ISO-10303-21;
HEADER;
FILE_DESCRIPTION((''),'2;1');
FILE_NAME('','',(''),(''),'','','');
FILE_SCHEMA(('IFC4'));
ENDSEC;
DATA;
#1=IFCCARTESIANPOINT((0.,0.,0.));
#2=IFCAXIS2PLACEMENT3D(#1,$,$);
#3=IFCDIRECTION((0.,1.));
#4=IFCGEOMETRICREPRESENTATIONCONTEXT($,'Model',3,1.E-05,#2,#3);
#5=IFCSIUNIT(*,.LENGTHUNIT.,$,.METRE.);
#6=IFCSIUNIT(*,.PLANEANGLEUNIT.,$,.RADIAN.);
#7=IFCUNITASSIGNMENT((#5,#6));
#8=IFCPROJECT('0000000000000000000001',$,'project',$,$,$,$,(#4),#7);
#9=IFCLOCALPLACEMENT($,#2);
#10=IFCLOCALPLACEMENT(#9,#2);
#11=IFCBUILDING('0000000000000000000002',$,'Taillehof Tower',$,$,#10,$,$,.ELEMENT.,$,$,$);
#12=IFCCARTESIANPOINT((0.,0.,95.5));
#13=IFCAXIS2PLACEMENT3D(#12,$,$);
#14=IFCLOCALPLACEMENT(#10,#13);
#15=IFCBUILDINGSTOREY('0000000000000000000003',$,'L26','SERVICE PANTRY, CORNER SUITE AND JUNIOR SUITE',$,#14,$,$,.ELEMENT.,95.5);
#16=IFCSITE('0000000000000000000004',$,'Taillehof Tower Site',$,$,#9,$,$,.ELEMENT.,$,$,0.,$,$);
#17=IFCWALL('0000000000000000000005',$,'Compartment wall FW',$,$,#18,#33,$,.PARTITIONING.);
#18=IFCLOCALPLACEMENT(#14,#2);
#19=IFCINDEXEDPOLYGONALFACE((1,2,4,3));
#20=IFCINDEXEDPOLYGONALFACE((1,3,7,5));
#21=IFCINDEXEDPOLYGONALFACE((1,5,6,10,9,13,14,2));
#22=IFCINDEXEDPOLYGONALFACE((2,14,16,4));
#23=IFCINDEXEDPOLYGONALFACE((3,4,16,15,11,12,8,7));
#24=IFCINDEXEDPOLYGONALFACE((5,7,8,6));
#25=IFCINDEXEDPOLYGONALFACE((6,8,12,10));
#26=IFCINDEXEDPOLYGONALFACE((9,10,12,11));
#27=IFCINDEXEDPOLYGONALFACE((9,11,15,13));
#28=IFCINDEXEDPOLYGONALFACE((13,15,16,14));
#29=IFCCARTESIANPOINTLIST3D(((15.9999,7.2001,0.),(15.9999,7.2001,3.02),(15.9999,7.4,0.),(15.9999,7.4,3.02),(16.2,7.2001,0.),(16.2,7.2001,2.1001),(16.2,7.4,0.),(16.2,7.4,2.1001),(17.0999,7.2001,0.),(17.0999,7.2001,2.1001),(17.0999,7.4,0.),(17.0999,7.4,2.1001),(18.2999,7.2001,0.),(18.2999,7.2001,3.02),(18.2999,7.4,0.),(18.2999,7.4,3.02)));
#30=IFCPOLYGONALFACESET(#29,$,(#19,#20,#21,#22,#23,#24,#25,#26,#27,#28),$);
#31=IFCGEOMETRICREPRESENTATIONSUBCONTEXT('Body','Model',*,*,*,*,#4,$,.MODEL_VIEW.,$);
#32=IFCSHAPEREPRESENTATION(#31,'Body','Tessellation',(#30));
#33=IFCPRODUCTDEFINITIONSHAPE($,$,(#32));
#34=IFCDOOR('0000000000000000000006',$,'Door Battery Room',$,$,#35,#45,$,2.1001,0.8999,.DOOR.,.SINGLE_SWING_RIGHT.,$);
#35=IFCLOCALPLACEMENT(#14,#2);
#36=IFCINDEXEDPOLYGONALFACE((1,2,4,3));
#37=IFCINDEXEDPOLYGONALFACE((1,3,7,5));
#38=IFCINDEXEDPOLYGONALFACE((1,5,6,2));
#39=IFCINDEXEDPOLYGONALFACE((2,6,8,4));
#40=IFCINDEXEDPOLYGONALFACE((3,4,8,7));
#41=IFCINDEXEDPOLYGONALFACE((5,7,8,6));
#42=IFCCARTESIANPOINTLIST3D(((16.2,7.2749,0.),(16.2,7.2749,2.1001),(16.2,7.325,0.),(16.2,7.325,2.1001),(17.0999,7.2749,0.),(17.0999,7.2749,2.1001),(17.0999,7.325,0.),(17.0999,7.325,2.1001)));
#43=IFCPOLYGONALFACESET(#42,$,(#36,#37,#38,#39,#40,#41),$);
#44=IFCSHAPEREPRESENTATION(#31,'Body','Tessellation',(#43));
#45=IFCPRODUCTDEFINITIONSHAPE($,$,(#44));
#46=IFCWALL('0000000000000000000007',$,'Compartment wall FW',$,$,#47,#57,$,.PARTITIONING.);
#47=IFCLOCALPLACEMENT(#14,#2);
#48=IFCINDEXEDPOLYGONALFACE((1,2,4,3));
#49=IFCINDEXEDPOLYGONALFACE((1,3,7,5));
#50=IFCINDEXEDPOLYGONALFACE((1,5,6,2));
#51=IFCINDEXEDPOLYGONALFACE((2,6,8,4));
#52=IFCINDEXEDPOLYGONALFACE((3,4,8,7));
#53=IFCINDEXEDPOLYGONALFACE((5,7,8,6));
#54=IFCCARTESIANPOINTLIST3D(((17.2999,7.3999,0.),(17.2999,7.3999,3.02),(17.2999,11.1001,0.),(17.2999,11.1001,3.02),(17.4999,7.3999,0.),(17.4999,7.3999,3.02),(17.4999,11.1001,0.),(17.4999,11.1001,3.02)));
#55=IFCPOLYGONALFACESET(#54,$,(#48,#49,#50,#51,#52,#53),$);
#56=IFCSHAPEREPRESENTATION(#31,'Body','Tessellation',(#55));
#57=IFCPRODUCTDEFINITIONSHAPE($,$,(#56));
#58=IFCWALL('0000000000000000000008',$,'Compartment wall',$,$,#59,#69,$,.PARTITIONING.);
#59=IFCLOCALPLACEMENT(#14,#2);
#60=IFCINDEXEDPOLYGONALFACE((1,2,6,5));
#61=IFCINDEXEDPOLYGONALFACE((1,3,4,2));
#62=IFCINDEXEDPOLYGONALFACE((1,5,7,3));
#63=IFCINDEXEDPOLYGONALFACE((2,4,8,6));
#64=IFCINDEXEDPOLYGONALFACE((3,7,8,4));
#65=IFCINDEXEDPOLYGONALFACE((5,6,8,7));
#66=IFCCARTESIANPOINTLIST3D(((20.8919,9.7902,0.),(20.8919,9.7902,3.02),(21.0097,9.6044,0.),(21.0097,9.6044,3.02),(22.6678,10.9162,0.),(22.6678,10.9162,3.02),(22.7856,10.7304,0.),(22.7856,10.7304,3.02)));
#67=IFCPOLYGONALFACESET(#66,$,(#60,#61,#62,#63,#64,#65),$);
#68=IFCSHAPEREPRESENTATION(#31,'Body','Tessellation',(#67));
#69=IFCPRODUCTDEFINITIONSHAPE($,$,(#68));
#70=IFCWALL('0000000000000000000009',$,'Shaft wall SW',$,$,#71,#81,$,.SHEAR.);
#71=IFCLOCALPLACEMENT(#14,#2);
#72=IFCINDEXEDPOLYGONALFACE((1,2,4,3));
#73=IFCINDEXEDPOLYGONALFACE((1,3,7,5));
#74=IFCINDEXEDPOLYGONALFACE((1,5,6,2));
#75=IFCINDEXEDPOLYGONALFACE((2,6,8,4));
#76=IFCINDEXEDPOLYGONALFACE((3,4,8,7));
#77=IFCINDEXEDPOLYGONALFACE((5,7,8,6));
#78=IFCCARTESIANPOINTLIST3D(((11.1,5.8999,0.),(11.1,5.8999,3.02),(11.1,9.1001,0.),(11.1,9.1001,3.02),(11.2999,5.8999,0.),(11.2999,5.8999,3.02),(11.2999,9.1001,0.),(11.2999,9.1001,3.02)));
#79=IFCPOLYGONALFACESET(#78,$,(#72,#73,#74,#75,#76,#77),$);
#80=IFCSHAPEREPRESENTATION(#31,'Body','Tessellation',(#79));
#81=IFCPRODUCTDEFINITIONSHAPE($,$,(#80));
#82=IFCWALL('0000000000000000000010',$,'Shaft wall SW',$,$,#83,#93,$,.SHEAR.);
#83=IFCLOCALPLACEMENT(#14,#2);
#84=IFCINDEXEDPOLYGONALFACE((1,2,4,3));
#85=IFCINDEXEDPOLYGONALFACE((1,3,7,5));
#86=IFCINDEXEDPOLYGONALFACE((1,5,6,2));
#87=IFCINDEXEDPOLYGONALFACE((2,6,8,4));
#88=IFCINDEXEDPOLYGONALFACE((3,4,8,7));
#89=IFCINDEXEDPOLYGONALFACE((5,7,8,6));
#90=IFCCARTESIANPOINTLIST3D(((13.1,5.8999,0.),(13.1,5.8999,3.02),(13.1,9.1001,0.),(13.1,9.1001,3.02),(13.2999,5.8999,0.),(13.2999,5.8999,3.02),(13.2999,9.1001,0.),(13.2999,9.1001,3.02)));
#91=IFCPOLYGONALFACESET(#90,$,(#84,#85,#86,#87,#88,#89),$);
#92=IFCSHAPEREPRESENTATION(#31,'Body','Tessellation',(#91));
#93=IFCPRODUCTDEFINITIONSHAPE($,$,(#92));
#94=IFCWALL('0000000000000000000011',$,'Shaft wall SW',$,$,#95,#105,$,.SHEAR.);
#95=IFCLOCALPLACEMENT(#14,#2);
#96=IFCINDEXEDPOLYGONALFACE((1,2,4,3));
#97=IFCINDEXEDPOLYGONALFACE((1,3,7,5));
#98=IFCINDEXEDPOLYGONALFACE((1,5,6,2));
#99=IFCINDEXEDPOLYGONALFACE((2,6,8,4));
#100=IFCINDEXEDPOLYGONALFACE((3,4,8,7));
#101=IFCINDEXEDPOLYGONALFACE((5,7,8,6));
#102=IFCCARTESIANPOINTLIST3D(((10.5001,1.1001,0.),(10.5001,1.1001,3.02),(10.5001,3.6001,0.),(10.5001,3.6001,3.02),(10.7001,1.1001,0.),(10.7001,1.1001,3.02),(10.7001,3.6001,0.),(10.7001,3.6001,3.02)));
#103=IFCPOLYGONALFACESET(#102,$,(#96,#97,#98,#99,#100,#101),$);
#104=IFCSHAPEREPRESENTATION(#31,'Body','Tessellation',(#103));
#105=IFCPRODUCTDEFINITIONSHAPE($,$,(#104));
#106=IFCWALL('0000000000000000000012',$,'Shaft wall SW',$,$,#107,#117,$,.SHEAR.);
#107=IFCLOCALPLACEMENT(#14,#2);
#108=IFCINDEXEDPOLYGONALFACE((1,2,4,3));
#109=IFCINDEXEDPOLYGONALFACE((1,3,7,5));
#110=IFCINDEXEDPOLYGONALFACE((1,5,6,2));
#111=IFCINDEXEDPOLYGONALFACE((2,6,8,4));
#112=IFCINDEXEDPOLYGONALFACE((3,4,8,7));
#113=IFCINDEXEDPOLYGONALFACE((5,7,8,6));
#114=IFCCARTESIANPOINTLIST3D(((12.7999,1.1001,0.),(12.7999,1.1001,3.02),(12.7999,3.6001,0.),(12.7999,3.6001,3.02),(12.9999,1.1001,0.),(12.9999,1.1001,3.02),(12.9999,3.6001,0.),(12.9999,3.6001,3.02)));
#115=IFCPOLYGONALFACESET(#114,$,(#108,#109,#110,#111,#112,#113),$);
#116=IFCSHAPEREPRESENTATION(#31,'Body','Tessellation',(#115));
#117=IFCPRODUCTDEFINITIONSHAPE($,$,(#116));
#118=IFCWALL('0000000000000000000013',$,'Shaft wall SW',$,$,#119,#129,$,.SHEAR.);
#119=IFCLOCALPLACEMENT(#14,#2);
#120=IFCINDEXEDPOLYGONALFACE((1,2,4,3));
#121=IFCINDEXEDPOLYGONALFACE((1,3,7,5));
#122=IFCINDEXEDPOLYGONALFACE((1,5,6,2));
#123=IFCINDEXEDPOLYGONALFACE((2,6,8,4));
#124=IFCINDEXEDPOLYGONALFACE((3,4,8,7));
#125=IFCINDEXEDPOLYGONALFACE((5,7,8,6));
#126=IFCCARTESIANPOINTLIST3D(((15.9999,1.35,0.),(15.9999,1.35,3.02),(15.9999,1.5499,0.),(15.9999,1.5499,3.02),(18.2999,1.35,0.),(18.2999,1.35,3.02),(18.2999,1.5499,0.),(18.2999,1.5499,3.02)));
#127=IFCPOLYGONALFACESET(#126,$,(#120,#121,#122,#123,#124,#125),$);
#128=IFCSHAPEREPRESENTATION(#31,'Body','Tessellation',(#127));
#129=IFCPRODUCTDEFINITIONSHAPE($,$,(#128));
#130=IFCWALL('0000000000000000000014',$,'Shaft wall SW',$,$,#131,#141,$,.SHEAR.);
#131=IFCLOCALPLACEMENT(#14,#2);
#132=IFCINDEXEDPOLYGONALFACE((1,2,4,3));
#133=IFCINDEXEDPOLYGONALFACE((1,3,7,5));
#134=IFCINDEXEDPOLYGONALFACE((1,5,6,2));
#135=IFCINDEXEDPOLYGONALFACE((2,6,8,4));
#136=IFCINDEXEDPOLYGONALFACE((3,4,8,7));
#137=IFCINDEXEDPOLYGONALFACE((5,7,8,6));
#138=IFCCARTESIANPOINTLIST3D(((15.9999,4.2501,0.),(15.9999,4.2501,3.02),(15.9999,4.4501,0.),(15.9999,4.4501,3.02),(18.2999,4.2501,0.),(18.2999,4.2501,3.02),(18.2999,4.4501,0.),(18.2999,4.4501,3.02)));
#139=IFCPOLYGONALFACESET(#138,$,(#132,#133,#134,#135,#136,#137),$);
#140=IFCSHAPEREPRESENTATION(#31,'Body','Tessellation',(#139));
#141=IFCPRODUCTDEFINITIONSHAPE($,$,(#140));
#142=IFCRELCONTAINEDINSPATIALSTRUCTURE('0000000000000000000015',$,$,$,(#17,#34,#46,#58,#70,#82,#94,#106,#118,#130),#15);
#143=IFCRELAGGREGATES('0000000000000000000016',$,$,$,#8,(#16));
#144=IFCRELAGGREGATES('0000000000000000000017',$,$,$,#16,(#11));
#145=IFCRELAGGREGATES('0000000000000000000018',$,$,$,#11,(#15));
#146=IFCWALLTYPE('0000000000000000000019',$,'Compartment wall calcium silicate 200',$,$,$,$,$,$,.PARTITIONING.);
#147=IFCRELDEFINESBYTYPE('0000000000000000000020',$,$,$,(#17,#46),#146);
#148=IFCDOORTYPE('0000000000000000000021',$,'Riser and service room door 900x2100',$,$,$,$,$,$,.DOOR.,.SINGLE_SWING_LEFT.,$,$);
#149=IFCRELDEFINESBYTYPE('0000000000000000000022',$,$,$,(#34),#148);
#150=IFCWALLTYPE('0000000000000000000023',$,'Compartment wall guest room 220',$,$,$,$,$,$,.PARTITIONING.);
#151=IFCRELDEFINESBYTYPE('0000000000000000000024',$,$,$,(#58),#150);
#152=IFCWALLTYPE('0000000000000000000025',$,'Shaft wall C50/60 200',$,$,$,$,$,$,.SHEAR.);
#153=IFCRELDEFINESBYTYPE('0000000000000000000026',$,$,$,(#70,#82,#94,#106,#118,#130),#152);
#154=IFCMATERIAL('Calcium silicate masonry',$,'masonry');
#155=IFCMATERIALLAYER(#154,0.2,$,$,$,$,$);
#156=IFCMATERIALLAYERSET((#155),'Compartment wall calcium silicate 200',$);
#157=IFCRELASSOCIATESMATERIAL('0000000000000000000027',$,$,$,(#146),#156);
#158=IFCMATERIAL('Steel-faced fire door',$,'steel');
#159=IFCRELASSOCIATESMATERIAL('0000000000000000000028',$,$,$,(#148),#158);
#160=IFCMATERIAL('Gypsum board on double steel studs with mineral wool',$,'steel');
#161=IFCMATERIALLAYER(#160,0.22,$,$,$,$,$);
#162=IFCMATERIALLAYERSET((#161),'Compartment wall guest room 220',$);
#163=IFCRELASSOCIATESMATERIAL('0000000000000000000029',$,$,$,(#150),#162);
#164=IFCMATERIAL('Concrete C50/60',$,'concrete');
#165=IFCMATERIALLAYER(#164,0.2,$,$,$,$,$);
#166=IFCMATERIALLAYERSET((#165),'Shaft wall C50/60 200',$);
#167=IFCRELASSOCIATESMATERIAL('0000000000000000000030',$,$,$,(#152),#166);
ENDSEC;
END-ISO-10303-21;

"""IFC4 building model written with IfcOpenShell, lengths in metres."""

from ifc_helpers import new_model, si_unit, direction, frame, frame_2d, origin, place, context, subcontext, project, spatial, rectangle, extrude, material, layer, layer_set, type_object, element, fill, save


model = new_model("IFC4")

# Units and contexts
model_context = context("Model", 3, precision=1e-05, world=origin(), true_north=direction((0.0, 1.0)))
body_context = subcontext(model_context, "Body", "Model", "MODEL_VIEW")
ifc_project = project(units=[si_unit("LENGTHUNIT", "METRE"), si_unit("PLANEANGLEUNIT", "RADIAN")], contexts=[model_context])

# Site, building, storey
site_placement = place(None, origin())
site = spatial("IfcSite", under=ifc_project, at=site_placement, Name="Taillehof Tower Site", CompositionType="ELEMENT", RefElevation=0.0)
building_placement = place(site_placement, origin())
building = spatial("IfcBuilding", under=site, at=building_placement, Name="Taillehof Tower", CompositionType="ELEMENT")
storey_placement = place(building_placement, frame((0.0, 0.0, 95.5)))
storey = spatial("IfcBuildingStorey", under=building, at=storey_placement, Name="L26", Description="SERVICE PANTRY, CORNER SUITE AND JUNIOR SUITE", CompositionType="ELEMENT", Elevation=95.5)

# Wall, opening, door
ifc_material_1 = material(Name="Calcium silicate masonry", Category="masonry")
ifc_layer_1 = layer(ifc_material_1, 0.2)
ifc_layer_set_1 = layer_set([ifc_layer_1], Name="Compartment wall calcium silicate 200")
wall_type_1 = type_object("IfcWallType", Name="Compartment wall calcium silicate 200", PredefinedType="PARTITIONING", material=ifc_layer_set_1)
wall_1_placement = place(storey_placement, frame((16.0, 7.3, 0.0), z_axis=(0.0, 0.0, 1.0), x_axis=(1.0, 0.0, 0.0)))
wall_1 = element("IfcWall", 1, at=wall_1_placement, inside=storey, type_object=wall_type_1, Name="Compartment wall FW", PredefinedType="PARTITIONING", context=body_context, shape_type="SweptSolid", body=[
    extrude(rectangle(XDim=2.3, YDim=0.2, at=frame_2d((1.1499, 0.0))), origin(), (0.0, 0.0, 1.0), 3.02),
])
opening_1_placement = place(wall_1_placement, frame((0.2, 0.0, 0.0)))
opening_1 = element("IfcOpeningElement", 2, at=opening_1_placement, cuts=wall_1, PredefinedType="OPENING", context=body_context, shape_type="SweptSolid", body=[
    extrude(rectangle(XDim=0.8999, YDim=2.1001, at=frame_2d((0.45, 1.05))), frame((0.0, 0.1099, 0.0), z_axis=(0.0, -1.0, 0.0), x_axis=(1.0, 0.0, 0.0)), (0.0, 0.0, 1.0), 0.22),
])
ifc_material_2 = material(Name="Steel-faced fire door", Category="steel")
door_type = type_object("IfcDoorType", Name="Riser and service room door 900x2100", OperationType="SINGLE_SWING_LEFT", PredefinedType="DOOR", material=ifc_material_2)
door_placement = place(opening_1_placement, origin())
door = element("IfcDoor", 3, at=door_placement, inside=storey, type_object=door_type, Name="Door Battery Room", OperationType="SINGLE_SWING_RIGHT", OverallHeight=2.1001, OverallWidth=0.8999, PredefinedType="DOOR", context=body_context, shape_type="SweptSolid", body=[
    extrude(rectangle(XDim=0.8999, YDim=2.1001, at=frame_2d((0.45, 1.05))), frame((0.0, 0.0249, 0.0), z_axis=(0.0, -1.0, 0.0), x_axis=(1.0, 0.0, 0.0)), (0.0, 0.0, 1.0), 0.05),
])
fill(opening_1, door)

# Walls
wall_2_placement = place(storey_placement, frame((17.3999, 7.3999, 0.0), z_axis=(0.0, 0.0, 1.0), x_axis=(0.0, 1.0, 0.0)))
element("IfcWall", 4, at=wall_2_placement, inside=storey, type_object=wall_type_1, Name="Compartment wall FW", PredefinedType="PARTITIONING", context=body_context, shape_type="SweptSolid", body=[
    extrude(rectangle(XDim=3.7002, YDim=0.2, at=frame_2d((1.8501, 0.0))), origin(), (0.0, 0.0, 1.0), 3.02),
])
ifc_material_3 = material(Name="Gypsum board on double steel studs with mineral wool", Category="steel")
ifc_layer_2 = layer(ifc_material_3, 0.22)
ifc_layer_set_2 = layer_set([ifc_layer_2], Name="Compartment wall guest room 220")
wall_type_2 = type_object("IfcWallType", Name="Compartment wall guest room 220", PredefinedType="PARTITIONING", material=ifc_layer_set_2)
wall_3_placement = place(storey_placement, frame((22.7266, 10.8232, 0.0), z_axis=(0.0, 0.0, 1.0), x_axis=(-0.84455, -0.535477, 0.0)))
element("IfcWall", 5, at=wall_3_placement, inside=storey, type_object=wall_type_2, Name="Compartment wall", PredefinedType="PARTITIONING", context=body_context, shape_type="SweptSolid", body=[
    extrude(rectangle(XDim=2.1028, YDim=0.22, at=frame_2d((1.0513, 0.0))), origin(), (0.0, 0.0, 1.0), 3.02),
])
ifc_material_4 = material(Name="Concrete C50/60", Category="concrete")
ifc_layer_3 = layer(ifc_material_4, 0.2)
ifc_layer_set_3 = layer_set([ifc_layer_3], Name="Shaft wall C50/60 200")
wall_type_3 = type_object("IfcWallType", Name="Shaft wall C50/60 200", PredefinedType="SHEAR", material=ifc_layer_set_3)
for number, where, z_axis, x_axis, name in (
    (6, (11.2, 5.8999, 0.0), (0.0, 0.0, 1.0), (0.0, 1.0, 0.0), "Shaft wall SW"),
    (7, (13.2, 5.8999, 0.0), (0.0, 0.0, 1.0), (0.0, 1.0, 0.0), "Shaft wall SW"),
):
    element("IfcWall", number, at=place(storey_placement, frame(where, z_axis=z_axis, x_axis=x_axis)), inside=storey, type_object=wall_type_3, Name=name, PredefinedType="SHEAR", context=body_context, shape_type="SweptSolid", body=[
        extrude(rectangle(XDim=3.2002, YDim=0.2, at=frame_2d((1.6001, 0.0))), origin(), (0.0, 0.0, 1.0), 3.02),
    ])
for number, where, z_axis, x_axis, name in (
    (8, (10.6001, 1.1001, 0.0), (0.0, 0.0, 1.0), (0.0, 1.0, 0.0), "Shaft wall SW"),
    (9, (12.8999, 1.1001, 0.0), (0.0, 0.0, 1.0), (0.0, 1.0, 0.0), "Shaft wall SW"),
):
    element("IfcWall", number, at=place(storey_placement, frame(where, z_axis=z_axis, x_axis=x_axis)), inside=storey, type_object=wall_type_3, Name=name, PredefinedType="SHEAR", context=body_context, shape_type="SweptSolid", body=[
        extrude(rectangle(XDim=2.5, YDim=0.2, at=frame_2d((1.25, 0.0))), origin(), (0.0, 0.0, 1.0), 3.02),
    ])
for number, where, z_axis, x_axis, name in (
    (10, (16.0, 1.45, 0.0), (0.0, 0.0, 1.0), (1.0, 0.0, 0.0), "Shaft wall SW"),
    (11, (16.0, 4.3501, 0.0), (0.0, 0.0, 1.0), (1.0, 0.0, 0.0), "Shaft wall SW"),
):
    element("IfcWall", number, at=place(storey_placement, frame(where, z_axis=z_axis, x_axis=x_axis)), inside=storey, type_object=wall_type_3, Name=name, PredefinedType="SHEAR", context=body_context, shape_type="SweptSolid", body=[
        extrude(rectangle(XDim=2.3, YDim=0.2, at=frame_2d((1.1499, 0.0))), origin(), (0.0, 0.0, 1.0), 3.02),
    ])

save(model, "model.ifc")
